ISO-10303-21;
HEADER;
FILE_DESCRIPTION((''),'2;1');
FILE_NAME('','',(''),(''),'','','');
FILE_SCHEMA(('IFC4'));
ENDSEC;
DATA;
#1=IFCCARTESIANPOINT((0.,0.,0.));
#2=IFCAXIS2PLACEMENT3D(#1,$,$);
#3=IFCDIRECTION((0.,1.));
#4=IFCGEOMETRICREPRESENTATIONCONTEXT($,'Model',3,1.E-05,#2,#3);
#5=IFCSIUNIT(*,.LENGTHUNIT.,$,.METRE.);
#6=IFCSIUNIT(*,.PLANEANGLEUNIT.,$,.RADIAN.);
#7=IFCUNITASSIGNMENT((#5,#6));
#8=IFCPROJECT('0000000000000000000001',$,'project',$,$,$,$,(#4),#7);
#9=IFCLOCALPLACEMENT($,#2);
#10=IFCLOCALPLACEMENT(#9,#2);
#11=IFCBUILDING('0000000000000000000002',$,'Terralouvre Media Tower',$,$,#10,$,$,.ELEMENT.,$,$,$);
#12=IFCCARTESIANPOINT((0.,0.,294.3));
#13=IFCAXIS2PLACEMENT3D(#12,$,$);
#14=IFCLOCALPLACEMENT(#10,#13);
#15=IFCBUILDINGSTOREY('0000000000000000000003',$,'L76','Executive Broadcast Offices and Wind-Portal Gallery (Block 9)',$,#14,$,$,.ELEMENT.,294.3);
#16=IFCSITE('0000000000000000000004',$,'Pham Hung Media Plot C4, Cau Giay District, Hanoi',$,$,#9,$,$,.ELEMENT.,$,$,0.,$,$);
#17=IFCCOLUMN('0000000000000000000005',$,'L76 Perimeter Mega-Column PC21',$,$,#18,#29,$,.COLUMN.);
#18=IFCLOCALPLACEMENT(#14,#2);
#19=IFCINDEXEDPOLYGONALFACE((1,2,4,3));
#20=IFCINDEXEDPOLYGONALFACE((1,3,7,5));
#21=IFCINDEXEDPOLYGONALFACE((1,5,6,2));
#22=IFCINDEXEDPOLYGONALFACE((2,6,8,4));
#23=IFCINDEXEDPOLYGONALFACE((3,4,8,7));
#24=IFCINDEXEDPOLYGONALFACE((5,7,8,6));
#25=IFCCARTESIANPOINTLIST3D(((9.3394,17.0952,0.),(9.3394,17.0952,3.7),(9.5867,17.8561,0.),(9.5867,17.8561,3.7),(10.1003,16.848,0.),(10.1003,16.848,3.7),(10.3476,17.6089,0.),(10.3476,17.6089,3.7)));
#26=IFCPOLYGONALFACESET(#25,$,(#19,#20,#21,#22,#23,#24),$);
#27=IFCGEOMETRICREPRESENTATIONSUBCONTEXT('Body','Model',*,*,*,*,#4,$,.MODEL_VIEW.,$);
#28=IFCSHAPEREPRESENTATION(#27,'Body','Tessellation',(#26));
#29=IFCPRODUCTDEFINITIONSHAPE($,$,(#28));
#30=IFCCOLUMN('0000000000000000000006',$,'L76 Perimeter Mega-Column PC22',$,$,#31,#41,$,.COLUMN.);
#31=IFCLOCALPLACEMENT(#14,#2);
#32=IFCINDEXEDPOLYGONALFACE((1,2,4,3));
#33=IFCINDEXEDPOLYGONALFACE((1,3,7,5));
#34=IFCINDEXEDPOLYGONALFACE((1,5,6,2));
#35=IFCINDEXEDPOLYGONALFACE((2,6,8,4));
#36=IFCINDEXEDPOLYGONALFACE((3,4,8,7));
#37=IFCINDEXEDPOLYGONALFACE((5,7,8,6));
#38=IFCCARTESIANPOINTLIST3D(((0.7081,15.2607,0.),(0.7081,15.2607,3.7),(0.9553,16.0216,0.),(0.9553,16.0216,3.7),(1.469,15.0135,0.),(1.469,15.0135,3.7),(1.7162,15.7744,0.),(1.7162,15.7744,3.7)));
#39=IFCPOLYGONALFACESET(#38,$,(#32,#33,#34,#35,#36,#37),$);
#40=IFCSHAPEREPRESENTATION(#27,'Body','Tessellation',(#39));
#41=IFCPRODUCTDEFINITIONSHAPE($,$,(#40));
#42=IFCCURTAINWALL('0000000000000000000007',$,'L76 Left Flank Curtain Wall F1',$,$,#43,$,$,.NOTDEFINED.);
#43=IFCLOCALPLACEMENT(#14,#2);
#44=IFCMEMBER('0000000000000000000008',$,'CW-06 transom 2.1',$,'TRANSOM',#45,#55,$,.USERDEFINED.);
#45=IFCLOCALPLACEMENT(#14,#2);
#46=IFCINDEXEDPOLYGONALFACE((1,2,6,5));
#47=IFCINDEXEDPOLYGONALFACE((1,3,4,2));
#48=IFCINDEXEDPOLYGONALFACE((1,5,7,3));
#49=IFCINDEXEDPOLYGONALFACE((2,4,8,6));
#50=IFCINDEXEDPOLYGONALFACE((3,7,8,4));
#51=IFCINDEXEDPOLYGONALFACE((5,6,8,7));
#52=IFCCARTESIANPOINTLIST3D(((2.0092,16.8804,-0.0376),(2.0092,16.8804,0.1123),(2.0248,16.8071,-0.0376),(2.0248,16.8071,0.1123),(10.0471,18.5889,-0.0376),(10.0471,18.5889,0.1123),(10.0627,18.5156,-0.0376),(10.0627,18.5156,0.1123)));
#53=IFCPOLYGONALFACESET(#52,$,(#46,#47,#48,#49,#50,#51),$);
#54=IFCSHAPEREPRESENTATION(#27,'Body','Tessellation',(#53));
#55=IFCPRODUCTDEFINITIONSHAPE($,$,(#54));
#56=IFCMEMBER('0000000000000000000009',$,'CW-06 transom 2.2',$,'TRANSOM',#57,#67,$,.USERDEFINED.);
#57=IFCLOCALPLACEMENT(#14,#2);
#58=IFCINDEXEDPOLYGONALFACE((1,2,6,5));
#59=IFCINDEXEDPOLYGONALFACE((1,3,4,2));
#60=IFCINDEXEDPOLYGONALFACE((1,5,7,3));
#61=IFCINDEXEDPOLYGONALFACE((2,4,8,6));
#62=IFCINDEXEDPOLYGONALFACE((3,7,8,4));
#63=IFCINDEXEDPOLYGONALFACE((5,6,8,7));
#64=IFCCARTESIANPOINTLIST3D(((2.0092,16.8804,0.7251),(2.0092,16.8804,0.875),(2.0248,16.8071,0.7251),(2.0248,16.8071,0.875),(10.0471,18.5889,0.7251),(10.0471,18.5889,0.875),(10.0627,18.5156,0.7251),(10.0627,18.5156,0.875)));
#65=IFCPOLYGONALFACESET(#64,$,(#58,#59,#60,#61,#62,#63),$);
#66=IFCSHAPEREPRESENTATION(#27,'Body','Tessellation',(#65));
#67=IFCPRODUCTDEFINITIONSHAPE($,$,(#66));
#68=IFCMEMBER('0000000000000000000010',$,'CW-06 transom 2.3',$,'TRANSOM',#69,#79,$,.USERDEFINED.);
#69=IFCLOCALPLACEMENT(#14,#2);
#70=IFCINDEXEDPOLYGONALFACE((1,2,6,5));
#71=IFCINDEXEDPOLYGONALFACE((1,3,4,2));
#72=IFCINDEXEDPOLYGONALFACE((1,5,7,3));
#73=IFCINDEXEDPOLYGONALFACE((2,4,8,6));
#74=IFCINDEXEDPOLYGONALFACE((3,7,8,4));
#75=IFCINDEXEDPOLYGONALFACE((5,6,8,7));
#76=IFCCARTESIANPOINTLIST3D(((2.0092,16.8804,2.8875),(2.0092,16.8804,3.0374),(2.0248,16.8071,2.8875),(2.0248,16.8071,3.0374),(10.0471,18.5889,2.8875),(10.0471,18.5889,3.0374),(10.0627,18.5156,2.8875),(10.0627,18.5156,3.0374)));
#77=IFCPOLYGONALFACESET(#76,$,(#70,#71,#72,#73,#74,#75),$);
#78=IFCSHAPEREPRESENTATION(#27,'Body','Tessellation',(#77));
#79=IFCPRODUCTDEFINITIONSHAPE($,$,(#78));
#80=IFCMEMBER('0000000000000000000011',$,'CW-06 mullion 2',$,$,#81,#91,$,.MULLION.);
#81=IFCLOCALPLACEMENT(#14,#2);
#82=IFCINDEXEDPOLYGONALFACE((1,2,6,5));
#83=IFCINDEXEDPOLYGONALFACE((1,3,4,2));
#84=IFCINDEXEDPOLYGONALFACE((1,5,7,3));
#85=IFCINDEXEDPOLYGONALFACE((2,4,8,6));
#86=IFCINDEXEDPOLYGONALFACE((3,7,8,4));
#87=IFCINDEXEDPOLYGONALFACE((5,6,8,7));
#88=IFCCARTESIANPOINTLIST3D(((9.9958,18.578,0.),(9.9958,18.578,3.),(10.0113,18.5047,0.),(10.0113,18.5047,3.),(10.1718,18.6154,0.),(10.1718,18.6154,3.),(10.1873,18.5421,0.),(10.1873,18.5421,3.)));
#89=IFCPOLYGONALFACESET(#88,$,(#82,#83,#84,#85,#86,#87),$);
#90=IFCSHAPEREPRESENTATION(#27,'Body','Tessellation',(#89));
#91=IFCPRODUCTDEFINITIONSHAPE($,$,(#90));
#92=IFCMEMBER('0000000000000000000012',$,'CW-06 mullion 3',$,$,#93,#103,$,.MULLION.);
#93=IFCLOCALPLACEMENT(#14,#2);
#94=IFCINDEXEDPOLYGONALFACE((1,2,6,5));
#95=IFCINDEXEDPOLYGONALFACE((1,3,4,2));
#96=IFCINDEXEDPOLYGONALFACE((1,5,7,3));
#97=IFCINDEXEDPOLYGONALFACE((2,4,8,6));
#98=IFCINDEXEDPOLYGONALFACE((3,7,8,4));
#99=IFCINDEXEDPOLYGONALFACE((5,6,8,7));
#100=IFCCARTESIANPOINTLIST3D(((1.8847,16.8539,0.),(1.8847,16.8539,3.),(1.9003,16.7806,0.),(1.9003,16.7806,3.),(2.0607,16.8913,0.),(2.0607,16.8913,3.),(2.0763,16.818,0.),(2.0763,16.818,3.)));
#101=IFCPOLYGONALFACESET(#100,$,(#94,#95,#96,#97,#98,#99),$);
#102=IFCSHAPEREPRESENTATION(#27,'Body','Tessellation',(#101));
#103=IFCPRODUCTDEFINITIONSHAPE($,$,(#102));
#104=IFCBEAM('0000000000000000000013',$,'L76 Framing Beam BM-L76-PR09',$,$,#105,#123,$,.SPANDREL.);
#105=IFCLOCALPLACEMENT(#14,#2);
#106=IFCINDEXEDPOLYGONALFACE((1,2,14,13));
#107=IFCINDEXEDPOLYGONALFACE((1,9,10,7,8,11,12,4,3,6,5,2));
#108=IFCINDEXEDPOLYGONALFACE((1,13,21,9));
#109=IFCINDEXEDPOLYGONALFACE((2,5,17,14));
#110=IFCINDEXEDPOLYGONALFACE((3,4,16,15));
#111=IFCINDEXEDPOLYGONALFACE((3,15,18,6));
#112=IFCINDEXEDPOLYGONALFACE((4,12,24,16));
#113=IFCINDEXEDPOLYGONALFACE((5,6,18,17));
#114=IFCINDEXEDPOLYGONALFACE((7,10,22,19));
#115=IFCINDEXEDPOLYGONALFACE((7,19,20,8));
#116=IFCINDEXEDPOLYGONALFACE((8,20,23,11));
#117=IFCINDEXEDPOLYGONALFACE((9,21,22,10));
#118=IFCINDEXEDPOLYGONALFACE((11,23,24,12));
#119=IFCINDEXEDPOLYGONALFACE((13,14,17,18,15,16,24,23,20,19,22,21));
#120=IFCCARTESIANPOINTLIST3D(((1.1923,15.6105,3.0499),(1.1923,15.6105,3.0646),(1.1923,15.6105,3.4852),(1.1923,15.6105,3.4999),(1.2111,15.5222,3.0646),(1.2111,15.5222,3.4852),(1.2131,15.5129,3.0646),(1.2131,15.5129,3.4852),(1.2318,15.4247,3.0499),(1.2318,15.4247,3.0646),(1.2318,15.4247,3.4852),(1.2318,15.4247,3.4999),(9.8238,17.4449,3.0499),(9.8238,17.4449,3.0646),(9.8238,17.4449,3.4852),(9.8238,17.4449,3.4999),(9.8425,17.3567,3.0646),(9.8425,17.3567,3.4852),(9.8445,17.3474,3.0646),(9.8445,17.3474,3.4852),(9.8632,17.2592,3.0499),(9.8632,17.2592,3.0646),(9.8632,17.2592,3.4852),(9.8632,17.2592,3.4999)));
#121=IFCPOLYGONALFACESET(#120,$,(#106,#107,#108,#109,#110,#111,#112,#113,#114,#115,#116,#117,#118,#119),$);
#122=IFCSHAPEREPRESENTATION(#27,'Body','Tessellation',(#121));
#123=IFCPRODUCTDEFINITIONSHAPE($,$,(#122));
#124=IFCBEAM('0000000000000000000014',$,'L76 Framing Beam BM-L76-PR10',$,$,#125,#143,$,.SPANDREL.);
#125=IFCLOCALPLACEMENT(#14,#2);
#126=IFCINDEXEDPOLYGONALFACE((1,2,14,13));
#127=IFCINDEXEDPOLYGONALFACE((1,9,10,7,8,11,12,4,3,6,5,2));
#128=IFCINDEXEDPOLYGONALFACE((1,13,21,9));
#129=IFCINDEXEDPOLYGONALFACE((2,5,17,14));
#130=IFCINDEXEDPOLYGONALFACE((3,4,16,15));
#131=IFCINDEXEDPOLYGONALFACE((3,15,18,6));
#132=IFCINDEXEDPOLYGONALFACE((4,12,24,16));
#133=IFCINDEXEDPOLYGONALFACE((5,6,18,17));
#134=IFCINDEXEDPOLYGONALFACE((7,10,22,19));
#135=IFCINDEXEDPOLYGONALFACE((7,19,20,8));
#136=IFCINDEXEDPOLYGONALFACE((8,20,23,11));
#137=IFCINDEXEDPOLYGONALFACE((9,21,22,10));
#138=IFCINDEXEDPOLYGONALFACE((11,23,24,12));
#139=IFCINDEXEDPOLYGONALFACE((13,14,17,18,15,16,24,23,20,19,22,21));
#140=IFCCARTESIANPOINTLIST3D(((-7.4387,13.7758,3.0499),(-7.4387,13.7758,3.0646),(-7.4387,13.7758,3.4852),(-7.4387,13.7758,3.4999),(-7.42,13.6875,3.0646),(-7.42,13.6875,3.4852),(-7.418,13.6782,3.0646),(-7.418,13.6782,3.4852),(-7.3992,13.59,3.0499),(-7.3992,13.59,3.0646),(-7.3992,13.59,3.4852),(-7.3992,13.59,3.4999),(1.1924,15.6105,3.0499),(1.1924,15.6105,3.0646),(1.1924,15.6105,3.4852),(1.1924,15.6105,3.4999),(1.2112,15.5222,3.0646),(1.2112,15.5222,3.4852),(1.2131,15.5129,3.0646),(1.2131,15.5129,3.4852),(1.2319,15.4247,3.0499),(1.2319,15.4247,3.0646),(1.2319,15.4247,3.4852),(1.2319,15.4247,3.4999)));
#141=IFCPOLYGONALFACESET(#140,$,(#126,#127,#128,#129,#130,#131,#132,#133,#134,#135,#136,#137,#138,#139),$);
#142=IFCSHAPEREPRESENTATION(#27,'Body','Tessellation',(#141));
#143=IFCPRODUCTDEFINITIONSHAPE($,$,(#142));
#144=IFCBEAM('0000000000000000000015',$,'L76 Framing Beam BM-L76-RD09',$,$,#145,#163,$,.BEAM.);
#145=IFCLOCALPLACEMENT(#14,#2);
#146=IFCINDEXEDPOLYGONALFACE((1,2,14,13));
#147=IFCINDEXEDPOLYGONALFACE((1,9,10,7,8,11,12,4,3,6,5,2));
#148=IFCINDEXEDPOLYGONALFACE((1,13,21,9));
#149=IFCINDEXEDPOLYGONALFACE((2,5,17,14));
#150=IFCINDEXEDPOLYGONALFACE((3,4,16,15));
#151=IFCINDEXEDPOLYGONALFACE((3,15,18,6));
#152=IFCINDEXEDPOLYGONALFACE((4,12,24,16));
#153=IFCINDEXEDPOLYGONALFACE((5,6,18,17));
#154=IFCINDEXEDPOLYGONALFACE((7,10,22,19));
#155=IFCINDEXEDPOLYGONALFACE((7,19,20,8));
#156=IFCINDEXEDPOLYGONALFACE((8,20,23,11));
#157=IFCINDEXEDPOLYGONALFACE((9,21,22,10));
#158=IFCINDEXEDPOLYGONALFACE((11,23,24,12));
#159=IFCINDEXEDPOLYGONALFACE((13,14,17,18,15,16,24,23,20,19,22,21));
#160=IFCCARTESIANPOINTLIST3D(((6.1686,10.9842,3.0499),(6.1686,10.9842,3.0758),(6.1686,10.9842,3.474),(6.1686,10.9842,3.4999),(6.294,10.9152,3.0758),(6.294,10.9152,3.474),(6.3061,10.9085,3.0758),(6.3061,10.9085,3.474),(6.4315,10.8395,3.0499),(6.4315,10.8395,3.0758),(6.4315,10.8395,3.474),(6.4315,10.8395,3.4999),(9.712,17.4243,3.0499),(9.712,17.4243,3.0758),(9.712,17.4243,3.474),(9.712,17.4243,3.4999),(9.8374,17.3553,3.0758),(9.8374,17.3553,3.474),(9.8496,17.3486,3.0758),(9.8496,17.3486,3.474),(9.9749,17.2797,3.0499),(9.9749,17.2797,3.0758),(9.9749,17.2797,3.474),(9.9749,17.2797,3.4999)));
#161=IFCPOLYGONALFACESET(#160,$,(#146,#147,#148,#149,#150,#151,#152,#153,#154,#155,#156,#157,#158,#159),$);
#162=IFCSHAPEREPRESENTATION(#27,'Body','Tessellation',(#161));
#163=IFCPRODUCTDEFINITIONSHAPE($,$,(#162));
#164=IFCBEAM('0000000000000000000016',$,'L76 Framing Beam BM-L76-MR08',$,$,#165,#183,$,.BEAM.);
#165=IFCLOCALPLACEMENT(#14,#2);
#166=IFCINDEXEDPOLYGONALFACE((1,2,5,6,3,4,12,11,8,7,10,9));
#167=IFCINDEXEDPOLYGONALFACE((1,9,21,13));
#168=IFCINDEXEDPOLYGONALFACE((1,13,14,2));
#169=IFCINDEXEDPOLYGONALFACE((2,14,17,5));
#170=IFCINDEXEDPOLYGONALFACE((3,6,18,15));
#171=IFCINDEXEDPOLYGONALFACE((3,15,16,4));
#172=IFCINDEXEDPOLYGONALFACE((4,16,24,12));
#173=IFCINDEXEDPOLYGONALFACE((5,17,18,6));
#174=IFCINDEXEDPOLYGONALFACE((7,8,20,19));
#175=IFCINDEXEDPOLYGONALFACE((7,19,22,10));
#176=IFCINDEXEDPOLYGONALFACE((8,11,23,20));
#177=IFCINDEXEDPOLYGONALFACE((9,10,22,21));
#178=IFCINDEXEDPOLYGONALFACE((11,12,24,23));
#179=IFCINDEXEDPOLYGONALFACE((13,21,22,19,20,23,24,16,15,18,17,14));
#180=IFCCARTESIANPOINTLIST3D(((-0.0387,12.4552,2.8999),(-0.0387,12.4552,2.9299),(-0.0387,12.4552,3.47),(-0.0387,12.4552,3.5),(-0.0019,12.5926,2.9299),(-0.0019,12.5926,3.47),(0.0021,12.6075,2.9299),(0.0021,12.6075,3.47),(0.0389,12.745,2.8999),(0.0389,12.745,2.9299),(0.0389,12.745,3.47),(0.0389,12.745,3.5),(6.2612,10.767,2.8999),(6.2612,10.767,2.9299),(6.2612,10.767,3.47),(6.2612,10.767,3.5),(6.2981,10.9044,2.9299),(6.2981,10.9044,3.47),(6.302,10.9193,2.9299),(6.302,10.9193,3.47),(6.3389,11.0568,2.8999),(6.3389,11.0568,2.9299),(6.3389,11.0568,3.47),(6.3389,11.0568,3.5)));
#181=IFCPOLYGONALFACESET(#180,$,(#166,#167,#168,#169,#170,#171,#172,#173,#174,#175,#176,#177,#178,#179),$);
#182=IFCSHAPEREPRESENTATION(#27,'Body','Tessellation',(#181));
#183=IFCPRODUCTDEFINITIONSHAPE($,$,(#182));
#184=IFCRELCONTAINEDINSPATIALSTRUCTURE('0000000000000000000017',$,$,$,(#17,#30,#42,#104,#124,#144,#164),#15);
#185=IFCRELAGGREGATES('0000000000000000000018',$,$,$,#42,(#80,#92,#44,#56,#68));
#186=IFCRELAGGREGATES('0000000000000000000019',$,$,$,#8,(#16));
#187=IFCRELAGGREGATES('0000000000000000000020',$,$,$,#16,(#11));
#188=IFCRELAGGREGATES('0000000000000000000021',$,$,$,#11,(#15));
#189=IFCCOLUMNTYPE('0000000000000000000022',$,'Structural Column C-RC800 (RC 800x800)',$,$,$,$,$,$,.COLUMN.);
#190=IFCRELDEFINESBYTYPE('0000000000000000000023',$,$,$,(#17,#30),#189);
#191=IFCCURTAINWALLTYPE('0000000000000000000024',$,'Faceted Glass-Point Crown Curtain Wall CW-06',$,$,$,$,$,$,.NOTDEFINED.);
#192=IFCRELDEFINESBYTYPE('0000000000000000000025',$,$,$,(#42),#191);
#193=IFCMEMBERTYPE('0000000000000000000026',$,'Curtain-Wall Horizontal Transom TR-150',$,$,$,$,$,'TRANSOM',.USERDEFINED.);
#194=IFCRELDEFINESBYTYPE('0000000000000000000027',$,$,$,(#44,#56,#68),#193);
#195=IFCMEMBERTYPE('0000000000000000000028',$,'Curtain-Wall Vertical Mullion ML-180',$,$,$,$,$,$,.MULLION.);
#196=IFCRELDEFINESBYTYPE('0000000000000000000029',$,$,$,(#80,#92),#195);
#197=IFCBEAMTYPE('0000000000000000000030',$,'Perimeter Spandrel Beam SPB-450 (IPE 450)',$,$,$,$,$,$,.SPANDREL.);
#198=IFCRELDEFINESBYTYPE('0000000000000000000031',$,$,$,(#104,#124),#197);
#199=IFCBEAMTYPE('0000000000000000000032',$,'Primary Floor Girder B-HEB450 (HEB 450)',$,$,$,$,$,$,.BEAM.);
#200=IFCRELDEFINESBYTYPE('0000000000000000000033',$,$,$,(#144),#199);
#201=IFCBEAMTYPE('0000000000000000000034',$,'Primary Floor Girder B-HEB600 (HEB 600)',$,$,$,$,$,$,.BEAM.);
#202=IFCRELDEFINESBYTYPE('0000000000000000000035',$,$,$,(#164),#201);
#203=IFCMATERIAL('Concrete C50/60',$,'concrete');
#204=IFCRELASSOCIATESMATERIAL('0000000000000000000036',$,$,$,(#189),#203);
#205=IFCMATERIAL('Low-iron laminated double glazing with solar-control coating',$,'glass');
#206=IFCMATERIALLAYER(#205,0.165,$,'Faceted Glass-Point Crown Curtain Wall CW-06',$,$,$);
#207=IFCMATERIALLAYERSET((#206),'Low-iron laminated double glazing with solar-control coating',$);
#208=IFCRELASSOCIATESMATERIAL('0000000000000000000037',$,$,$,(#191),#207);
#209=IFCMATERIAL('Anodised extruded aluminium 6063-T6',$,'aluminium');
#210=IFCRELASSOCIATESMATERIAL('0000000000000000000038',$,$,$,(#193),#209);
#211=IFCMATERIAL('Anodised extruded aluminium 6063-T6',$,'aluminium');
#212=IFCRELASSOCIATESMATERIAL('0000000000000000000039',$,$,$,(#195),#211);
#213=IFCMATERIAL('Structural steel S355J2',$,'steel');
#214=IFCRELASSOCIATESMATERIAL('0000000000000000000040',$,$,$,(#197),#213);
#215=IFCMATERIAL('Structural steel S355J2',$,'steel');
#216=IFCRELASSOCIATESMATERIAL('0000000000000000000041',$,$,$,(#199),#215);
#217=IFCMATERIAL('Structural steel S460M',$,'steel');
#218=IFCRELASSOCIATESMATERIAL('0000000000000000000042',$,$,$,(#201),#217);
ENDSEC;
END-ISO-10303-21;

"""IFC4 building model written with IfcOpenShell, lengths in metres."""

from ifc_helpers import new_model, si_unit, direction, frame, origin, origin_2d, place, context, subcontext, project, spatial, rectangle, i_section, extrude, material, layer, layer_set, material_profile, profile_set, type_object, element, aggregate, save


model = new_model("IFC4")

# Units and contexts
model_context = context("Model", 3, precision=1e-05, world=origin(), true_north=direction((0.0, 1.0)))
body_context = subcontext(model_context, "Body", "Model", "MODEL_VIEW")
ifc_project = project(units=[si_unit("LENGTHUNIT", "METRE"), si_unit("PLANEANGLEUNIT", "RADIAN")], contexts=[model_context])

# Site, building, storey
site_placement = place(None, origin())
site = spatial("IfcSite", under=ifc_project, at=site_placement, Name="Pham Hung Media Plot C4, Cau Giay District, Hanoi", CompositionType="ELEMENT", RefElevation=0.0)
building_placement = place(site_placement, origin())
building = spatial("IfcBuilding", under=site, at=building_placement, Name="Terralouvre Media Tower", CompositionType="ELEMENT")
storey_placement = place(building_placement, frame((0.0, 0.0, 294.3)))
storey = spatial("IfcBuildingStorey", under=building, at=storey_placement, Name="L76", Description="Executive Broadcast Offices and Wind-Portal Gallery (Block 9)", CompositionType="ELEMENT", Elevation=294.3)

# Columns
ifc_material_1 = material(Name="Concrete C50/60", Category="concrete")
ifc_material_profile_1 = material_profile(ifc_material_1, rectangle(XDim=0.8, YDim=0.8, at=origin_2d()), Name="RC 800x800")
ifc_profile_set_1 = profile_set([ifc_material_profile_1], Name="Concrete C50/60")
column_type = type_object("IfcColumnType", Name="Structural Column C-RC800 (RC 800x800)", PredefinedType="COLUMN", material=ifc_profile_set_1)
for number, where, z_axis, x_axis, name in (
    (1, (9.8435, 17.3521, 0.0), (0.0, 0.0, 1.0), (0.309017, 0.951057, 0.0), "L76 Perimeter Mega-Column PC21"),
    (2, (1.2122, 15.5176, 0.0), (0.0, 0.0, 1.0), (0.309017, 0.951057, 0.0), "L76 Perimeter Mega-Column PC22"),
):
    element("IfcColumn", number, at=place(storey_placement, frame(where, z_axis=z_axis, x_axis=x_axis)), inside=storey, type_object=column_type, Name=name, PredefinedType="COLUMN", context=body_context, shape_type="SweptSolid", body=[
        extrude(rectangle(XDim=0.8, YDim=0.8, at=origin_2d()), origin(), (0.0, 0.0, 1.0), 3.7),
    ])

# Curtain wall, members
ifc_material_2 = material(Name="Low-iron laminated double glazing with solar-control coating", Category="glass")
ifc_layer_1 = layer(ifc_material_2, 0.165, Name="Faceted Glass-Point Crown Curtain Wall CW-06")
ifc_layer_set_1 = layer_set([ifc_layer_1], Name="Low-iron laminated double glazing with solar-control coating")
curtain_wall_type = type_object("IfcCurtainWallType", Name="Faceted Glass-Point Crown Curtain Wall CW-06", PredefinedType="NOTDEFINED", material=ifc_layer_set_1)
curtain_wall_placement = place(storey_placement, origin())
curtain_wall = element("IfcCurtainWall", 3, at=curtain_wall_placement, inside=storey, type_object=curtain_wall_type, Name="L76 Left Flank Curtain Wall F1", PredefinedType="NOTDEFINED")
ifc_material_3 = material(Name="Anodised extruded aluminium 6063-T6", Category="aluminium")
ifc_material_profile_2 = material_profile(ifc_material_3, rectangle(XDim=0.075, YDim=0.1499, at=origin_2d()), Name="ALU 75x150")
ifc_profile_set_2 = profile_set([ifc_material_profile_2], Name="Anodised extruded aluminium 6063-T6")
member_type_1 = type_object("IfcMemberType", Name="Curtain-Wall Horizontal Transom TR-150", ElementType="TRANSOM", PredefinedType="USERDEFINED", material=ifc_profile_set_2)
member_1_placement = place(storey_placement, frame((10.0549, 18.5522, 0.0374), z_axis=(-0.978148, -0.207912, 0.0), x_axis=(0.207912, -0.978148, 0.0)))
member_1 = element("IfcMember", 4, at=member_1_placement, type_object=member_type_1, Name="CW-06 transom 2.1", ObjectType="TRANSOM", PredefinedType="USERDEFINED", context=body_context, shape_type="SweptSolid", body=[
    extrude(rectangle(XDim=0.075, YDim=0.1499, at=origin_2d()), origin(), (0.0, 0.0, 1.0), 8.2175),
])
member_2_placement = place(storey_placement, frame((10.0549, 18.5522, 0.8), z_axis=(-0.978148, -0.207912, 0.0), x_axis=(0.207912, -0.978148, 0.0)))
member_2 = element("IfcMember", 5, at=member_2_placement, type_object=member_type_1, Name="CW-06 transom 2.2", ObjectType="TRANSOM", PredefinedType="USERDEFINED", context=body_context, shape_type="SweptSolid", body=[
    extrude(rectangle(XDim=0.075, YDim=0.1499, at=origin_2d()), origin(), (0.0, 0.0, 1.0), 8.2175),
])
member_3_placement = place(storey_placement, frame((10.0549, 18.5522, 2.9624), z_axis=(-0.978148, -0.207912, 0.0), x_axis=(0.207912, -0.978148, 0.0)))
member_3 = element("IfcMember", 6, at=member_3_placement, type_object=member_type_1, Name="CW-06 transom 2.3", ObjectType="TRANSOM", PredefinedType="USERDEFINED", context=body_context, shape_type="SweptSolid", body=[
    extrude(rectangle(XDim=0.075, YDim=0.1499, at=origin_2d()), origin(), (0.0, 0.0, 1.0), 8.2175),
])
ifc_material_4 = material(Name="Anodised extruded aluminium 6063-T6", Category="aluminium")
ifc_material_profile_3 = material_profile(ifc_material_4, rectangle(XDim=0.075, YDim=0.1799, at=origin_2d()), Name="ALU 75x180")
ifc_profile_set_3 = profile_set([ifc_material_profile_3], Name="Anodised extruded aluminium 6063-T6")
member_type_2 = type_object("IfcMemberType", Name="Curtain-Wall Vertical Mullion ML-180", PredefinedType="MULLION", material=ifc_profile_set_3)
member_4_placement = place(storey_placement, frame((10.0916, 18.5601, 0.0), z_axis=(0.0, 0.0, 1.0), x_axis=(0.207912, -0.978148, 0.0)))
member_4 = element("IfcMember", 7, at=member_4_placement, type_object=member_type_2, Name="CW-06 mullion 2", PredefinedType="MULLION", context=body_context, shape_type="SweptSolid", body=[
    extrude(rectangle(XDim=0.075, YDim=0.1799, at=origin_2d()), origin(), (0.0, 0.0, 1.0), 3.0),
])
member_5_placement = place(storey_placement, frame((1.9805, 16.8359, 0.0), z_axis=(0.0, 0.0, 1.0), x_axis=(0.207912, -0.978148, 0.0)))
member_5 = element("IfcMember", 8, at=member_5_placement, type_object=member_type_2, Name="CW-06 mullion 3", PredefinedType="MULLION", context=body_context, shape_type="SweptSolid", body=[
    extrude(rectangle(XDim=0.075, YDim=0.1799, at=origin_2d()), origin(), (0.0, 0.0, 1.0), 3.0),
])

# Beams
ifc_material_5 = material(Name="Structural steel S355J2", Category="steel")
ifc_material_profile_4 = material_profile(ifc_material_5, i_section(OverallWidth=0.1899, OverallDepth=0.45, WebThickness=0.0095, FlangeThickness=0.0146, at=origin_2d()), Name="IPE 450")
ifc_profile_set_4 = profile_set([ifc_material_profile_4], Name="Structural steel S355J2")
beam_type_1 = type_object("IfcBeamType", Name="Perimeter Spandrel Beam SPB-450 (IPE 450)", PredefinedType="SPANDREL", material=ifc_profile_set_4)
beam_1_placement = place(storey_placement, frame((9.8435, 17.3521, 3.2749), z_axis=(-0.978152, -0.207893, 0.0), x_axis=(0.207893, -0.978152, 0.0)))
element("IfcBeam", 9, at=beam_1_placement, inside=storey, type_object=beam_type_1, Name="L76 Framing Beam BM-L76-PR09", PredefinedType="SPANDREL", context=body_context, shape_type="SweptSolid", body=[
    extrude(i_section(OverallWidth=0.1899, OverallDepth=0.45, WebThickness=0.0095, FlangeThickness=0.0146, at=origin_2d()), origin(), (0.0, 0.0, 1.0), 8.8242),
])
beam_2_placement = place(storey_placement, frame((1.2122, 15.5176, 3.2749), z_axis=(-0.978145, -0.207925, 0.0), x_axis=(0.207925, -0.978145, 0.0)))
element("IfcBeam", 10, at=beam_2_placement, inside=storey, type_object=beam_type_1, Name="L76 Framing Beam BM-L76-PR10", PredefinedType="SPANDREL", context=body_context, shape_type="SweptSolid", body=[
    extrude(i_section(OverallWidth=0.1899, OverallDepth=0.45, WebThickness=0.0095, FlangeThickness=0.0146, at=origin_2d()), origin(), (0.0, 0.0, 1.0), 8.824),
])
ifc_material_6 = material(Name="Structural steel S355J2", Category="steel")
ifc_material_profile_5 = material_profile(ifc_material_6, i_section(OverallWidth=0.3, OverallDepth=0.45, WebThickness=0.0139, FlangeThickness=0.0259, at=origin_2d()), Name="HEB 450")
ifc_profile_set_5 = profile_set([ifc_material_profile_5], Name="Structural steel S355J2")
beam_type_2 = type_object("IfcBeamType", Name="Primary Floor Girder B-HEB450 (HEB 450)", PredefinedType="BEAM", material=ifc_profile_set_5)
beam_3_placement = place(storey_placement, frame((6.3, 10.9119, 3.2749), z_axis=(0.48206, 0.876138, 0.0), x_axis=(-0.876138, 0.48206, 0.0)))
element("IfcBeam", 11, at=beam_3_placement, inside=storey, type_object=beam_type_2, Name="L76 Framing Beam BM-L76-RD09", PredefinedType="BEAM", context=body_context, shape_type="SweptSolid", body=[
    extrude(i_section(OverallWidth=0.3, OverallDepth=0.45, WebThickness=0.0139, FlangeThickness=0.0259, at=origin_2d()), origin(), (0.0, 0.0, 1.0), 7.3506),
])
ifc_material_7 = material(Name="Structural steel S460M", Category="steel")
ifc_material_profile_6 = material_profile(ifc_material_7, i_section(OverallWidth=0.3, OverallDepth=0.6001, WebThickness=0.0154, FlangeThickness=0.03, at=origin_2d()), Name="HEB 600")
ifc_profile_set_6 = profile_set([ifc_material_profile_6], Name="Structural steel S460M")
beam_type_3 = type_object("IfcBeamType", Name="Primary Floor Girder B-HEB600 (HEB 600)", PredefinedType="BEAM", material=ifc_profile_set_6)
beam_4_placement = place(storey_placement, frame((6.3, 10.9119, 3.2), z_axis=(-0.96592, 0.258839, 0.0), x_axis=(-0.258839, -0.96592, 0.0)))
element("IfcBeam", 12, at=beam_4_placement, inside=storey, type_object=beam_type_3, Name="L76 Framing Beam BM-L76-MR08", PredefinedType="BEAM", context=body_context, shape_type="SweptSolid", body=[
    extrude(i_section(OverallWidth=0.3, OverallDepth=0.6001, WebThickness=0.0154, FlangeThickness=0.03, at=origin_2d()), origin(), (0.0, 0.0, 1.0), 6.5222),
])

aggregate(curtain_wall, [member_4, member_5, member_1, member_2, member_3])

save(model, "model.ifc")
